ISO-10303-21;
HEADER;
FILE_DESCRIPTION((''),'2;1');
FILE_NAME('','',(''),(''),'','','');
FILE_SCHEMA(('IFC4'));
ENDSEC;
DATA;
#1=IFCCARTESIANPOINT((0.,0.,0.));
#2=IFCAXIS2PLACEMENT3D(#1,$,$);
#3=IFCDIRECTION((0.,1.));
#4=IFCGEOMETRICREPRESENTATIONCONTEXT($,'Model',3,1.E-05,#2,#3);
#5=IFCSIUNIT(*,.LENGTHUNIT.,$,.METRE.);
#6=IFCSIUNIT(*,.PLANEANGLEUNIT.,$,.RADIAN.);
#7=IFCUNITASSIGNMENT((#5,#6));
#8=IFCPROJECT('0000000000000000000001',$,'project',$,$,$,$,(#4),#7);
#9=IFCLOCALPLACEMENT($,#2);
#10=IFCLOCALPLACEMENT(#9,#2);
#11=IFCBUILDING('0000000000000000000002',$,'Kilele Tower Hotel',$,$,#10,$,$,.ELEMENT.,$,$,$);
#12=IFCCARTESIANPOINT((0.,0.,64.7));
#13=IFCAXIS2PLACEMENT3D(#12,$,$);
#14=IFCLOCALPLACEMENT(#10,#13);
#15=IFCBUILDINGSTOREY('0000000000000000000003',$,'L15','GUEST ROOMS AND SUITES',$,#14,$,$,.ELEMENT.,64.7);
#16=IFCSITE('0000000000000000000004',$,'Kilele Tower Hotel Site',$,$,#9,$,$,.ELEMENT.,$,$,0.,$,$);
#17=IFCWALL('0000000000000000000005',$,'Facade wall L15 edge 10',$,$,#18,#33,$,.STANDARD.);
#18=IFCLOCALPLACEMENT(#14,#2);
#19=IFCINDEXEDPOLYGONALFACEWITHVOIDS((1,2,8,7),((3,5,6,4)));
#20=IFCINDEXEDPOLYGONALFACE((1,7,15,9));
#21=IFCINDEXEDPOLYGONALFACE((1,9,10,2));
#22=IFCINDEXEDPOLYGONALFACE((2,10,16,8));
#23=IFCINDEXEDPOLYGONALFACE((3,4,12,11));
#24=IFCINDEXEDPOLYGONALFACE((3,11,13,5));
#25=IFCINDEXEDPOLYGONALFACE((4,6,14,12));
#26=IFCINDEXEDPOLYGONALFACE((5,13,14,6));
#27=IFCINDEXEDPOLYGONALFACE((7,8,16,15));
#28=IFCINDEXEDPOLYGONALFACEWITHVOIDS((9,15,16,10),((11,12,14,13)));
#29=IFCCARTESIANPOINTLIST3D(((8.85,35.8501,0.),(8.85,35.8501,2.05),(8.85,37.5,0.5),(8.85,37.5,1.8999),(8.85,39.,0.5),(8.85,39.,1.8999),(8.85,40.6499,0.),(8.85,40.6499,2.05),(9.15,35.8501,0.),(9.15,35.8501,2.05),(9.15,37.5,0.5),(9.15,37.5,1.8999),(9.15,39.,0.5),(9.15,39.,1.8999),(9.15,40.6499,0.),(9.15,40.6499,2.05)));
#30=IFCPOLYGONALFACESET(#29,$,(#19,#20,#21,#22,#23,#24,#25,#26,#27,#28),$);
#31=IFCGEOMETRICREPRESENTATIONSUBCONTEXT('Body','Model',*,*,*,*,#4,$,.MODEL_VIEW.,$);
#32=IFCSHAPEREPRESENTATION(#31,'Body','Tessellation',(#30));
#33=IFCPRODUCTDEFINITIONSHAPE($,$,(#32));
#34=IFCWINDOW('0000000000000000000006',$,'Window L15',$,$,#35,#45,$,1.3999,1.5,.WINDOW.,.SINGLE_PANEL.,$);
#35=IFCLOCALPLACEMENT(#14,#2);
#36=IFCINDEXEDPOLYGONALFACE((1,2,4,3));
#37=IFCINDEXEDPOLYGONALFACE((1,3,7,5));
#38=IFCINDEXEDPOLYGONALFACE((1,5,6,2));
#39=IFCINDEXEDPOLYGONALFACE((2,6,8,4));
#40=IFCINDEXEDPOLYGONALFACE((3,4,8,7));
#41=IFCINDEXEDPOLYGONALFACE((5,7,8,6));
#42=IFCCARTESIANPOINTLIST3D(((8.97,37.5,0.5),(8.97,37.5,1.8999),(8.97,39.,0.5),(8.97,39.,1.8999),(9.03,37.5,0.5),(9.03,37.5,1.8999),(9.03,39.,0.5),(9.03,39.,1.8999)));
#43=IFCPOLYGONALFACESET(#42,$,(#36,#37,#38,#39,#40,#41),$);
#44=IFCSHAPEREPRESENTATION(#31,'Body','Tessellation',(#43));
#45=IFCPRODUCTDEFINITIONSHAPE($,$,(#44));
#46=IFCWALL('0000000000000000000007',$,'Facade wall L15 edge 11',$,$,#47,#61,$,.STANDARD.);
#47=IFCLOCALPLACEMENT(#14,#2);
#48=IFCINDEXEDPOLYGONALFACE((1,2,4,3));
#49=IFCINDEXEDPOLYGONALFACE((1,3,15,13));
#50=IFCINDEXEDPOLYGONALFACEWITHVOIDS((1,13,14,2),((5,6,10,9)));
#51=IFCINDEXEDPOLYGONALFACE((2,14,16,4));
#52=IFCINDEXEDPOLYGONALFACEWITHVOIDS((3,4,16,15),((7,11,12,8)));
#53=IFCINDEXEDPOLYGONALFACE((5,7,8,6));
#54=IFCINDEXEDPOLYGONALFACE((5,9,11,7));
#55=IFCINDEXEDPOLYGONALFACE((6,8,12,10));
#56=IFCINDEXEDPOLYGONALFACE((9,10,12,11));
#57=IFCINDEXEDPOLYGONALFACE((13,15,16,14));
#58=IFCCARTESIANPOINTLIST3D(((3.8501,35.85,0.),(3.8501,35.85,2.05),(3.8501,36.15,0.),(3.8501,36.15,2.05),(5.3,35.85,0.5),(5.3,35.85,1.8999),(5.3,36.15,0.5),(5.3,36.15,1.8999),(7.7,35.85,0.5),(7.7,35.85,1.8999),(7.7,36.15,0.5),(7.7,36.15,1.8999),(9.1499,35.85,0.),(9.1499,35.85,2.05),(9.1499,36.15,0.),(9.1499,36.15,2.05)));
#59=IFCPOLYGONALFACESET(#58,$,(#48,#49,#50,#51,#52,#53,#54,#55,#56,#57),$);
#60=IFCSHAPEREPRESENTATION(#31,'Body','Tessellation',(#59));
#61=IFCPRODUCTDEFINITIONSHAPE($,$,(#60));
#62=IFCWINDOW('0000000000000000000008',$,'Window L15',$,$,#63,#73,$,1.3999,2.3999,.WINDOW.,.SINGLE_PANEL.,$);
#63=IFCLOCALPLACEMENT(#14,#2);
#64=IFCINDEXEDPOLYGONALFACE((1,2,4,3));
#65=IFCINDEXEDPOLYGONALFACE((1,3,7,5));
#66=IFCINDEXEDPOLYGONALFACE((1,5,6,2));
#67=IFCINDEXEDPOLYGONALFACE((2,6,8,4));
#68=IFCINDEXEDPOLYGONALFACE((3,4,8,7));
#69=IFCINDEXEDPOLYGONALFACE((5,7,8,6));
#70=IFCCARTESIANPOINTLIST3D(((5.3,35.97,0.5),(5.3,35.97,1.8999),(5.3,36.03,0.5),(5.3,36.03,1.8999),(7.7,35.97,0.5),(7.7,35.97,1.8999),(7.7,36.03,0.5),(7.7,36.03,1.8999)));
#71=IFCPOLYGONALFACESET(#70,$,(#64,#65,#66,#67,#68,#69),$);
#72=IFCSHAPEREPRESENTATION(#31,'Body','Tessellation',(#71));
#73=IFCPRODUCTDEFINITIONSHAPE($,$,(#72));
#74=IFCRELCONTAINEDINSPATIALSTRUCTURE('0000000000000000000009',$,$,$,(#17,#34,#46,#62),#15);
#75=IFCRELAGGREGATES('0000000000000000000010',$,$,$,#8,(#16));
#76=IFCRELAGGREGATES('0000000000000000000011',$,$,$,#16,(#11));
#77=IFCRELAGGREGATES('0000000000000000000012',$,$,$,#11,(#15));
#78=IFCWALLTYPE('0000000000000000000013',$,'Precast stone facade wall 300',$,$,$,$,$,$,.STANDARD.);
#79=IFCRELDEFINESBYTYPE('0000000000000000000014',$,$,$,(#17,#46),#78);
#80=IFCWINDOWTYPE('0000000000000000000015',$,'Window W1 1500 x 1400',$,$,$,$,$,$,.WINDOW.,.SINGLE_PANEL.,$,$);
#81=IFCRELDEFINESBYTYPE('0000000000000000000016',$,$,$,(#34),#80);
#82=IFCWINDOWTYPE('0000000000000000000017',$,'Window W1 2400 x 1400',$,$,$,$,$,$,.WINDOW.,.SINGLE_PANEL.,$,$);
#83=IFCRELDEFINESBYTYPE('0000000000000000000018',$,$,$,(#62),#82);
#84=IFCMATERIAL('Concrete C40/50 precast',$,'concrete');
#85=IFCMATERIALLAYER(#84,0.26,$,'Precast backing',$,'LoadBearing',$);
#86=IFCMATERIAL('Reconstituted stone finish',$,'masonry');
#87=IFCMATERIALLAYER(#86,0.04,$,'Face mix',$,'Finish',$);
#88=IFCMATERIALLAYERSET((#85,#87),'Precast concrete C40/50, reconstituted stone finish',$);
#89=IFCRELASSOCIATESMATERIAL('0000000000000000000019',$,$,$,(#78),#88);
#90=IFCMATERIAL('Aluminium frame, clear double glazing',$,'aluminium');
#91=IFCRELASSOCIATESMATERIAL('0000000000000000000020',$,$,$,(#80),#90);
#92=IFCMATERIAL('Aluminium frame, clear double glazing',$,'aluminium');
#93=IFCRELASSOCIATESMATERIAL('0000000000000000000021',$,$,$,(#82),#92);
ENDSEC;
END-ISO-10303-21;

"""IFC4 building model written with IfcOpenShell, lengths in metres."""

from ifc_helpers import new_model, si_unit, direction, frame, frame_2d, origin, place, context, subcontext, project, spatial, rectangle, extrude, material, layer, layer_set, type_object, element, fill, save


model = new_model("IFC4")

# Units and contexts
model_context = context("Model", 3, precision=1e-05, world=origin(), true_north=direction((0.0, 1.0)))
body_context = subcontext(model_context, "Body", "Model", "MODEL_VIEW")
ifc_project = project(units=[si_unit("LENGTHUNIT", "METRE"), si_unit("PLANEANGLEUNIT", "RADIAN")], contexts=[model_context])

# Site, building, storey
site_placement = place(None, origin())
site = spatial("IfcSite", under=ifc_project, at=site_placement, Name="Kilele Tower Hotel Site", CompositionType="ELEMENT", RefElevation=0.0)
building_placement = place(site_placement, origin())
building = spatial("IfcBuilding", under=site, at=building_placement, Name="Kilele Tower Hotel", CompositionType="ELEMENT")
storey_placement = place(building_placement, frame((0.0, 0.0, 64.7)))
storey = spatial("IfcBuildingStorey", under=building, at=storey_placement, Name="L15", Description="GUEST ROOMS AND SUITES", CompositionType="ELEMENT", Elevation=64.7)

# Walls, openings, windows
ifc_material_1 = material(Name="Concrete C40/50 precast", Category="concrete")
ifc_layer_1 = layer(ifc_material_1, 0.26, Name="Precast backing", Category="LoadBearing")
ifc_material_2 = material(Name="Reconstituted stone finish", Category="masonry")
ifc_layer_2 = layer(ifc_material_2, 0.04, Name="Face mix", Category="Finish")
ifc_layer_set_1 = layer_set([ifc_layer_1, ifc_layer_2], Name="Precast concrete C40/50, reconstituted stone finish")
wall_type_1 = type_object("IfcWallType", Name="Precast stone facade wall 300", PredefinedType="STANDARD", material=ifc_layer_set_1)
wall_1_placement = place(storey_placement, frame((9.0, 40.6499, 0.0), z_axis=(0.0, 0.0, 1.0), x_axis=(0.0, -1.0, 0.0)))
wall_1 = element("IfcWall", 1, at=wall_1_placement, inside=storey, type_object=wall_type_1, Name="Facade wall L15 edge 10", PredefinedType="STANDARD", context=body_context, shape_type="SweptSolid", body=[
    extrude(rectangle(XDim=4.7998, YDim=0.3, at=frame_2d((2.3999, 0.0))), origin(), (0.0, 0.0, 1.0), 2.05),
])
opening_1_placement = place(wall_1_placement, frame((1.6499, 0.0, 0.5)))
opening_1 = element("IfcOpeningElement", 2, at=opening_1_placement, cuts=wall_1, PredefinedType="OPENING", context=body_context, shape_type="SweptSolid", body=[
    extrude(rectangle(XDim=1.5, YDim=1.3999, at=frame_2d((0.75, 0.7))), frame((0.0, 0.1599, 0.0), z_axis=(0.0, -1.0, 0.0), x_axis=(1.0, 0.0, 0.0)), (0.0, 0.0, 1.0), 0.3201),
])
ifc_material_3 = material(Name="Aluminium frame, clear double glazing", Category="aluminium")
window_type_1 = type_object("IfcWindowType", Name="Window W1 1500 x 1400", PartitioningType="SINGLE_PANEL", PredefinedType="WINDOW", material=ifc_material_3)
window_1_placement = place(opening_1_placement, origin())
window_1 = element("IfcWindow", 3, at=window_1_placement, inside=storey, type_object=window_type_1, Name="Window L15", OverallHeight=1.3999, OverallWidth=1.5, PartitioningType="SINGLE_PANEL", PredefinedType="WINDOW", context=body_context, shape_type="SweptSolid", body=[
    extrude(rectangle(XDim=1.5, YDim=1.3999, at=frame_2d((0.75, 0.7))), frame((0.0, 0.03, 0.0), z_axis=(0.0, -1.0, 0.0), x_axis=(1.0, 0.0, 0.0)), (0.0, 0.0, 1.0), 0.0601),
])
fill(opening_1, window_1)
wall_2_placement = place(storey_placement, frame((9.1499, 36.0, 0.0), z_axis=(0.0, 0.0, 1.0), x_axis=(-1.0, 0.0, 0.0)))
wall_2 = element("IfcWall", 4, at=wall_2_placement, inside=storey, type_object=wall_type_1, Name="Facade wall L15 edge 11", PredefinedType="STANDARD", context=body_context, shape_type="SweptSolid", body=[
    extrude(rectangle(XDim=5.2998, YDim=0.3, at=frame_2d((2.6499, 0.0))), origin(), (0.0, 0.0, 1.0), 2.05),
])
opening_2_placement = place(wall_2_placement, frame((1.45, 0.0, 0.5)))
opening_2 = element("IfcOpeningElement", 5, at=opening_2_placement, cuts=wall_2, PredefinedType="OPENING", context=body_context, shape_type="SweptSolid", body=[
    extrude(rectangle(XDim=2.3999, YDim=1.3999, at=frame_2d((1.2, 0.7))), frame((0.0, 0.1599, 0.0), z_axis=(0.0, -1.0, 0.0), x_axis=(1.0, 0.0, 0.0)), (0.0, 0.0, 1.0), 0.3201),
])
ifc_material_4 = material(Name="Aluminium frame, clear double glazing", Category="aluminium")
window_type_2 = type_object("IfcWindowType", Name="Window W1 2400 x 1400", PartitioningType="SINGLE_PANEL", PredefinedType="WINDOW", material=ifc_material_4)
window_2_placement = place(opening_2_placement, origin())
window_2 = element("IfcWindow", 6, at=window_2_placement, inside=storey, type_object=window_type_2, Name="Window L15", OverallHeight=1.3999, OverallWidth=2.3999, PartitioningType="SINGLE_PANEL", PredefinedType="WINDOW", context=body_context, shape_type="SweptSolid", body=[
    extrude(rectangle(XDim=2.3999, YDim=1.3999, at=frame_2d((1.2, 0.7))), frame((0.0, 0.03, 0.0), z_axis=(0.0, -1.0, 0.0), x_axis=(1.0, 0.0, 0.0)), (0.0, 0.0, 1.0), 0.0601),
])
fill(opening_2, window_2)

save(model, "model.ifc")
